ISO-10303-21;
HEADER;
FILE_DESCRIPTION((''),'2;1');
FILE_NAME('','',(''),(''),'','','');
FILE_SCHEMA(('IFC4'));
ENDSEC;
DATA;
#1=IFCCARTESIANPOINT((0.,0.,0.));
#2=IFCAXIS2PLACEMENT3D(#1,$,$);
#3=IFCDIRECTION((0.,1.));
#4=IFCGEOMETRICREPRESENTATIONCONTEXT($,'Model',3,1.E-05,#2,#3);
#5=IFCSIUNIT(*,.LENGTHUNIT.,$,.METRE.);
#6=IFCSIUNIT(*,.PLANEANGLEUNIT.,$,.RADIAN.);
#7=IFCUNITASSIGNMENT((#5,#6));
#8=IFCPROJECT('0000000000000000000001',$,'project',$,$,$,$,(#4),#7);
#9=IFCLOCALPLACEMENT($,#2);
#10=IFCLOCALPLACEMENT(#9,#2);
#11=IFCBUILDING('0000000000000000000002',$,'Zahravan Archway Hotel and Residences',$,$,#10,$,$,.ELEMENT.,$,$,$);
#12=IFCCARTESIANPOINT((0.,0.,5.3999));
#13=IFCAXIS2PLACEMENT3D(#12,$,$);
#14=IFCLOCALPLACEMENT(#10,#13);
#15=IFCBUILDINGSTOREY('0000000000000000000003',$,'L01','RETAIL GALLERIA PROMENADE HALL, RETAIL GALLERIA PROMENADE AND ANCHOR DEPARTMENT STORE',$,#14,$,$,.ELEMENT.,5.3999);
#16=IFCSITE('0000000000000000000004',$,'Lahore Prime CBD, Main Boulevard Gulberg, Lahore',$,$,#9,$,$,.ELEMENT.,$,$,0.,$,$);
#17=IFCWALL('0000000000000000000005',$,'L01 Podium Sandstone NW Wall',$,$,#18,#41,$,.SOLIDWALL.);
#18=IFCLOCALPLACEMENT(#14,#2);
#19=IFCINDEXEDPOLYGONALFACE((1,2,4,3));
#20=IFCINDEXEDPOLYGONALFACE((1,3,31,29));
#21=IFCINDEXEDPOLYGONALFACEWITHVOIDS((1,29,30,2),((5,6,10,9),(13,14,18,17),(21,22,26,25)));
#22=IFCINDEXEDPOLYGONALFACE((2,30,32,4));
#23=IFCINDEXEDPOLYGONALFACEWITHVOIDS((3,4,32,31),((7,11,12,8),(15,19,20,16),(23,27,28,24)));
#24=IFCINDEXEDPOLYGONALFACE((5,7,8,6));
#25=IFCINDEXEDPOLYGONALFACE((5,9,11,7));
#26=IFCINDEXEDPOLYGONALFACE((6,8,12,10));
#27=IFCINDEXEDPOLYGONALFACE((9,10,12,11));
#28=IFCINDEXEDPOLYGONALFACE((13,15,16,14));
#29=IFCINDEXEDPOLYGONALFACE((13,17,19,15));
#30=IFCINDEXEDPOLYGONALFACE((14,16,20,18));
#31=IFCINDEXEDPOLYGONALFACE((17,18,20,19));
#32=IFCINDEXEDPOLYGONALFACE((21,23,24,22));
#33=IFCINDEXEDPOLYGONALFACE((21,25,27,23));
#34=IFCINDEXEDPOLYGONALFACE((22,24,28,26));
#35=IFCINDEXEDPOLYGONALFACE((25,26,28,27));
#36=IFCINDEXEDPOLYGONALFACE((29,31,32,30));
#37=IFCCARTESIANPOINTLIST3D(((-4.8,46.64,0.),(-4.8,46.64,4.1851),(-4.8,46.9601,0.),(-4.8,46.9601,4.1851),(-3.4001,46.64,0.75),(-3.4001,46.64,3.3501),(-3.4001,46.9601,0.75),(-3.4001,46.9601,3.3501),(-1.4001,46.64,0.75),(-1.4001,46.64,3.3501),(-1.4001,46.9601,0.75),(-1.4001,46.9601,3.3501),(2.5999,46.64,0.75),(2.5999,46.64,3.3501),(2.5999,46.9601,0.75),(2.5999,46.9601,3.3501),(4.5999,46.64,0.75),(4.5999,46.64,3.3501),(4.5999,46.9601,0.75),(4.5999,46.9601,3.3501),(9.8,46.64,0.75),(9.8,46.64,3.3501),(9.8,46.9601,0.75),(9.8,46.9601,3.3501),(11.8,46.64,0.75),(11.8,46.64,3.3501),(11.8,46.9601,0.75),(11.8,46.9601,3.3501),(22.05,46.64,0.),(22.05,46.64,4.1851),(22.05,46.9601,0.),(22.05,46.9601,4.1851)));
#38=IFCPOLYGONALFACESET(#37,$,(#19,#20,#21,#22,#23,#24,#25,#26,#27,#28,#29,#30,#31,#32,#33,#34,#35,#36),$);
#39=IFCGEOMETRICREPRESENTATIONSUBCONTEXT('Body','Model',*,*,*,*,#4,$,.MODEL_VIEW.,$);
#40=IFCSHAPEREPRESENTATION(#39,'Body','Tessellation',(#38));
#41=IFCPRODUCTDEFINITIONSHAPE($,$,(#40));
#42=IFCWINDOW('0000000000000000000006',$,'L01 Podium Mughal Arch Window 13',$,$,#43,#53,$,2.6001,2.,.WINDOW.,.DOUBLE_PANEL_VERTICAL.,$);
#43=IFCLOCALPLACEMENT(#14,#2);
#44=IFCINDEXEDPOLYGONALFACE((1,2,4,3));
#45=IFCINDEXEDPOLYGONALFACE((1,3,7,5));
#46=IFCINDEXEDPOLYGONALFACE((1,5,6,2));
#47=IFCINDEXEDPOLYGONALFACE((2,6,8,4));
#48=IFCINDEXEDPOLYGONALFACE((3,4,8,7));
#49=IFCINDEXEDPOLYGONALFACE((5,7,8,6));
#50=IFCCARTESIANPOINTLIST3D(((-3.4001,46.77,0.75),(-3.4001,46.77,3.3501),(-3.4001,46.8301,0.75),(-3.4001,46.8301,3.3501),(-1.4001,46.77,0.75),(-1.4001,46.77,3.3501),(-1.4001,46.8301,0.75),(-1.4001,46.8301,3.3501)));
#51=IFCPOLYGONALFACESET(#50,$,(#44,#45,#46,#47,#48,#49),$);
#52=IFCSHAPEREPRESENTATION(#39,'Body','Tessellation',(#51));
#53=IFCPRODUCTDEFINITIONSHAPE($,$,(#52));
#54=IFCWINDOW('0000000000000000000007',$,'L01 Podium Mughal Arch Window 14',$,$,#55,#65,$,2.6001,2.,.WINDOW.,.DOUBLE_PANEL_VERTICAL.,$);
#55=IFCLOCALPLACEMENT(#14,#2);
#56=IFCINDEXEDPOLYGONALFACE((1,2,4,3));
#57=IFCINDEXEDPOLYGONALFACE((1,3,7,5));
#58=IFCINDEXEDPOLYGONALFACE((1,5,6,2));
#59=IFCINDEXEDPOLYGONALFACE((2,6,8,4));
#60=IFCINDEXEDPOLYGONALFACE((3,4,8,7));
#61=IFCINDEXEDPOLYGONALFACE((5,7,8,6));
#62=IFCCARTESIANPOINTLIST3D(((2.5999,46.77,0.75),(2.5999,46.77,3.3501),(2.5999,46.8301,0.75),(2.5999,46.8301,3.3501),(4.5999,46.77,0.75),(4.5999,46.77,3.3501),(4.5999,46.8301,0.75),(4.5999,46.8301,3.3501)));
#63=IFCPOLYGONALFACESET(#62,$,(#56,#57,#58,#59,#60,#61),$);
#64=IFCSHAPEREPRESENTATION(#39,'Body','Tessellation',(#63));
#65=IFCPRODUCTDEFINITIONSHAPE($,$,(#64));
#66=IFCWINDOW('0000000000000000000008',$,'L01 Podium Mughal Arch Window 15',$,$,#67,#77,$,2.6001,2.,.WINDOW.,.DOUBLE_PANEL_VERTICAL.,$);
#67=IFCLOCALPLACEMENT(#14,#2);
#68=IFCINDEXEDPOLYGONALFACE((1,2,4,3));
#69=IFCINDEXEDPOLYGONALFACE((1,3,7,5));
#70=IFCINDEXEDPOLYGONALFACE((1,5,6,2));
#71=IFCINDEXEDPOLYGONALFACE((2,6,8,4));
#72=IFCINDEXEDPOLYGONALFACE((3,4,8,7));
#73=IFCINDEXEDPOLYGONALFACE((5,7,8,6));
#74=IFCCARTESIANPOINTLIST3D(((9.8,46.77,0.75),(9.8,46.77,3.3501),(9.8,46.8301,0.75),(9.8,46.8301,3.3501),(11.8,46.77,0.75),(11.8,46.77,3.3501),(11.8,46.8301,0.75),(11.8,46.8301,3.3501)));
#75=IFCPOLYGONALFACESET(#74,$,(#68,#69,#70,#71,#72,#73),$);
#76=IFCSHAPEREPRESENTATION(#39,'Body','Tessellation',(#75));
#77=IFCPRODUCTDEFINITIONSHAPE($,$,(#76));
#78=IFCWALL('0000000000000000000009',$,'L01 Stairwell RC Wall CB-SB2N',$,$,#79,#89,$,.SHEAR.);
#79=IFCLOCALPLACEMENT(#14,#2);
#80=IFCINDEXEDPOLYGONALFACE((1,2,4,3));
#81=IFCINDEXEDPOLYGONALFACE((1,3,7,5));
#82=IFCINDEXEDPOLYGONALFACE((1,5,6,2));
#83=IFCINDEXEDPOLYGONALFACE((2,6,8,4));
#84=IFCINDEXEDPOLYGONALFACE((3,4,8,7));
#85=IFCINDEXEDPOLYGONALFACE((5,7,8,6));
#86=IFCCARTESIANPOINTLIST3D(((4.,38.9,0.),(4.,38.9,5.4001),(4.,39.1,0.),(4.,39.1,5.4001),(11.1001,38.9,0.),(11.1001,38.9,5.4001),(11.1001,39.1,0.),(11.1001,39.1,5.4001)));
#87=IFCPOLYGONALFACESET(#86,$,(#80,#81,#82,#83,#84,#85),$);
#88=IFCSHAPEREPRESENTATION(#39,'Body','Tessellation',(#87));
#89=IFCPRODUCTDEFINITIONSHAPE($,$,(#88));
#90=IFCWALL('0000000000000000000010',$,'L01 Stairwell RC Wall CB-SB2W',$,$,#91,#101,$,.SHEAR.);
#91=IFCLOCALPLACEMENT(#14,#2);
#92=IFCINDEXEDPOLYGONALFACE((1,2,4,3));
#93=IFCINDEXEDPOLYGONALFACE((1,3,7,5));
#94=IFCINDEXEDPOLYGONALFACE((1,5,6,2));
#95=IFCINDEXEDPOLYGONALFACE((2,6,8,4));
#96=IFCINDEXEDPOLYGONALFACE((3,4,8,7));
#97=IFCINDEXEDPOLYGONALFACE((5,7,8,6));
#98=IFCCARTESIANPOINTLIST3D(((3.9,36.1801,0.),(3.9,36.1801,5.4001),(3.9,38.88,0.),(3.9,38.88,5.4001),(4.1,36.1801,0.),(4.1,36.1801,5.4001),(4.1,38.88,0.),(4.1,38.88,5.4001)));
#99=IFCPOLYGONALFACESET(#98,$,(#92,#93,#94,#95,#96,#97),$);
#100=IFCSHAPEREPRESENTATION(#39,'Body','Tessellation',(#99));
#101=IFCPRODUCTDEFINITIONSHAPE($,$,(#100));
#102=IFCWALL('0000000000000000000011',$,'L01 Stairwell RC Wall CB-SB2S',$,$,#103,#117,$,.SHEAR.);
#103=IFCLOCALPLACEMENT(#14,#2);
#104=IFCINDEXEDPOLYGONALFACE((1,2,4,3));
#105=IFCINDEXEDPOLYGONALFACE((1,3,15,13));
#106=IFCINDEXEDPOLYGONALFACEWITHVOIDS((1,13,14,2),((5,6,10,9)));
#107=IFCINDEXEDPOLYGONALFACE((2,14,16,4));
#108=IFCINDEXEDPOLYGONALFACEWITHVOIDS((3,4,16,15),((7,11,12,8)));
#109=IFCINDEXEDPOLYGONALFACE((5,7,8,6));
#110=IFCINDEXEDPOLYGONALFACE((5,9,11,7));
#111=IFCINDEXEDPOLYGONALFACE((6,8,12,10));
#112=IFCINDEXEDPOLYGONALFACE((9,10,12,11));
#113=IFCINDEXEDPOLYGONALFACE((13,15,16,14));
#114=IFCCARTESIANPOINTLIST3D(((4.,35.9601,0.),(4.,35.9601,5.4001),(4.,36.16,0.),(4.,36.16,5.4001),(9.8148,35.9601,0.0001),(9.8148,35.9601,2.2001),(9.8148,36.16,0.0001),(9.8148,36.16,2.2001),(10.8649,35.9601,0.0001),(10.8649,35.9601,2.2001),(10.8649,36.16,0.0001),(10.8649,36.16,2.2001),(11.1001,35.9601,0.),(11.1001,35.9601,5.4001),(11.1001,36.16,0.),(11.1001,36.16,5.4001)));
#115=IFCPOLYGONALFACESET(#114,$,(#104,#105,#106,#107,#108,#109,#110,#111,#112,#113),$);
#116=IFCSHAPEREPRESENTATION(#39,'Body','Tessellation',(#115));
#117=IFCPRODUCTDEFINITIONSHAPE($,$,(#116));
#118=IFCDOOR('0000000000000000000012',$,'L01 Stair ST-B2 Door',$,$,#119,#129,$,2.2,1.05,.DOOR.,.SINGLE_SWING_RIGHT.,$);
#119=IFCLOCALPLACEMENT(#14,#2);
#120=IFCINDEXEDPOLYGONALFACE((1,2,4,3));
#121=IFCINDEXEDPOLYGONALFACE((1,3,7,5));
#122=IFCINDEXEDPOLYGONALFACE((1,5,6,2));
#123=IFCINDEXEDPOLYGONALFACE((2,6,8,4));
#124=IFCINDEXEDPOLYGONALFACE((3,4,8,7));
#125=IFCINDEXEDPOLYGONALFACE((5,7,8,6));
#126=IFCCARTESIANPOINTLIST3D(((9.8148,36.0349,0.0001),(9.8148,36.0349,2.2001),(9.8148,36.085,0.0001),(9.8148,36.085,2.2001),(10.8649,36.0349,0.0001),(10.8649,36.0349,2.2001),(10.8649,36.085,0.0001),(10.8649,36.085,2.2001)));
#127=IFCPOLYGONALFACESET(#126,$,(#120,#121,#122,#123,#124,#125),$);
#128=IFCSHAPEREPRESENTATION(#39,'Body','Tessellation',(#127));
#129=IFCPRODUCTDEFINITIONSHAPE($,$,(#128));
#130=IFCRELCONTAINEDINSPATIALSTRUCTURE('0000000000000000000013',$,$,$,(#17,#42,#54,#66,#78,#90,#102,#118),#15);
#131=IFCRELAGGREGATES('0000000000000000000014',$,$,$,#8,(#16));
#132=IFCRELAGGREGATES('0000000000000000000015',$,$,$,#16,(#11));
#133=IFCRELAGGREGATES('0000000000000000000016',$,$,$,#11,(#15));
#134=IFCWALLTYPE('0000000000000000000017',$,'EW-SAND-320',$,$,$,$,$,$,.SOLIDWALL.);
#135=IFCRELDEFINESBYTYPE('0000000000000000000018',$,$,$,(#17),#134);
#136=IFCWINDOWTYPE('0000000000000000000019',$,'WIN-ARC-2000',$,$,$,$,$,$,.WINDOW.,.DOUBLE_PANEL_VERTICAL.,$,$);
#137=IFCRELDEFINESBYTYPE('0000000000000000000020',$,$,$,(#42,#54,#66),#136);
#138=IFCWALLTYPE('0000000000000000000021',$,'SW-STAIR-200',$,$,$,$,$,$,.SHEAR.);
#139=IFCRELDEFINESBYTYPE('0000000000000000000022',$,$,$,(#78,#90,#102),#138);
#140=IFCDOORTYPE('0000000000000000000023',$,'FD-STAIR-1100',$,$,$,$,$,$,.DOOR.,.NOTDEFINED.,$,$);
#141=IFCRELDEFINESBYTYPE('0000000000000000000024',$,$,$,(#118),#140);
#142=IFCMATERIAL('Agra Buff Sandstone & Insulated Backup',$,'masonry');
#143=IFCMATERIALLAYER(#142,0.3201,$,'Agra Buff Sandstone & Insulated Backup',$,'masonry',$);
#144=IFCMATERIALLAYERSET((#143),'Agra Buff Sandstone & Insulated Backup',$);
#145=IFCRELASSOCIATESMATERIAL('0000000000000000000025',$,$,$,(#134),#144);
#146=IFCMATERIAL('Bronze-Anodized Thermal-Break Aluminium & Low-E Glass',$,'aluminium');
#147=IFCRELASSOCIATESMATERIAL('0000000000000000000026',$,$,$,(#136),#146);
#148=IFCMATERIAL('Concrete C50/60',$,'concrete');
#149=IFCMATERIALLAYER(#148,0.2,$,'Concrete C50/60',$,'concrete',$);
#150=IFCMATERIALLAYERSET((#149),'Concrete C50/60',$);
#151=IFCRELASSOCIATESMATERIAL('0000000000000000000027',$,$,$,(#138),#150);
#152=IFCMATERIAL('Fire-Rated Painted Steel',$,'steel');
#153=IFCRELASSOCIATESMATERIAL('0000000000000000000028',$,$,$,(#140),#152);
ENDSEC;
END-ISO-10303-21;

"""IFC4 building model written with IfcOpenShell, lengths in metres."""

from ifc_helpers import new_model, si_unit, direction, frame, frame_2d, origin, place, context, subcontext, project, spatial, rectangle, extrude, source, transform, mapped, material, layer, layer_set, type_object, type_shapes, element, fill, save


model = new_model("IFC4")

# Units and contexts
model_context = context("Model", 3, precision=1e-05, world=origin(), true_north=direction((0.0, 1.0)))
body_context = subcontext(model_context, "Body", "Model", "MODEL_VIEW")
ifc_project = project(units=[si_unit("LENGTHUNIT", "METRE"), si_unit("PLANEANGLEUNIT", "RADIAN")], contexts=[model_context])

# Site, building, storey
site_placement = place(None, origin())
site = spatial("IfcSite", under=ifc_project, at=site_placement, Name="Lahore Prime CBD, Main Boulevard Gulberg, Lahore", CompositionType="ELEMENT", RefElevation=0.0)
building_placement = place(site_placement, origin())
building = spatial("IfcBuilding", under=site, at=building_placement, Name="Zahravan Archway Hotel and Residences", CompositionType="ELEMENT")
storey_placement = place(building_placement, frame((0.0, 0.0, 5.3999)))
storey = spatial("IfcBuildingStorey", under=building, at=storey_placement, Name="L01", Description="RETAIL GALLERIA PROMENADE HALL, RETAIL GALLERIA PROMENADE AND ANCHOR DEPARTMENT STORE", CompositionType="ELEMENT", Elevation=5.3999)

# Wall, openings, windows
ifc_material_1 = material(Name="Agra Buff Sandstone & Insulated Backup", Category="masonry")
ifc_layer_1 = layer(ifc_material_1, 0.3201, Name="Agra Buff Sandstone & Insulated Backup", Category="masonry")
ifc_layer_set_1 = layer_set([ifc_layer_1], Name="Agra Buff Sandstone & Insulated Backup")
wall_type_1 = type_object("IfcWallType", Name="EW-SAND-320", PredefinedType="SOLIDWALL", material=ifc_layer_set_1)
wall_1_placement = place(storey_placement, frame((-4.8, 46.8, 0.0), z_axis=(0.0, 0.0, 1.0), x_axis=(1.0, 0.0, 0.0)))
wall_1 = element("IfcWall", 1, at=wall_1_placement, inside=storey, type_object=wall_type_1, Name="L01 Podium Sandstone NW Wall", PredefinedType="SOLIDWALL", context=body_context, shape_type="SweptSolid", body=[
    extrude(rectangle(XDim=26.8501, YDim=0.3201, at=frame_2d((13.425, 0.0))), origin(), (0.0, 0.0, 1.0), 4.1851),
])
opening_1_placement = place(wall_1_placement, frame((1.3999, 0.0, 0.75)))
opening_1 = element("IfcOpeningElement", 2, at=opening_1_placement, cuts=wall_1, PredefinedType="OPENING", context=body_context, shape_type="SweptSolid", body=[
    extrude(rectangle(XDim=2.0, YDim=2.6001, at=frame_2d((1.0, 1.3))), frame((0.0, 0.1699, 0.0), z_axis=(0.0, -1.0, 0.0), x_axis=(1.0, 0.0, 0.0)), (0.0, 0.0, 1.0), 0.3401),
])
opening_2_placement = place(wall_1_placement, frame((7.3999, 0.0, 0.75)))
opening_2 = element("IfcOpeningElement", 3, at=opening_2_placement, cuts=wall_1, PredefinedType="OPENING", context=body_context, shape_type="SweptSolid", body=[
    extrude(rectangle(XDim=2.0, YDim=2.6001, at=frame_2d((1.0, 1.3))), frame((0.0, 0.1699, 0.0), z_axis=(0.0, -1.0, 0.0), x_axis=(1.0, 0.0, 0.0)), (0.0, 0.0, 1.0), 0.3401),
])
opening_3_placement = place(wall_1_placement, frame((14.6001, 0.0, 0.75)))
opening_3 = element("IfcOpeningElement", 4, at=opening_3_placement, cuts=wall_1, PredefinedType="OPENING", context=body_context, shape_type="SweptSolid", body=[
    extrude(rectangle(XDim=2.0, YDim=2.6001, at=frame_2d((1.0, 1.3))), frame((0.0, 0.1699, 0.0), z_axis=(0.0, -1.0, 0.0), x_axis=(1.0, 0.0, 0.0)), (0.0, 0.0, 1.0), 0.3401),
])
ifc_material_2 = material(Name="Bronze-Anodized Thermal-Break Aluminium & Low-E Glass", Category="aluminium")
window_type = type_object("IfcWindowType", Name="WIN-ARC-2000", PartitioningType="DOUBLE_PANEL_VERTICAL", PredefinedType="WINDOW", material=ifc_material_2)
shared_shape_1 = source(origin(), body_context, "Body", "SweptSolid", [
    extrude(rectangle(XDim=2.0, YDim=2.6001, at=frame_2d((1.0, 1.3))), frame((0.0, 0.03, 0.0), z_axis=(0.0, -1.0, 0.0), x_axis=(1.0, 0.0, 0.0)), (0.0, 0.0, 1.0), 0.0601),
])
type_shapes(window_type, [shared_shape_1])
window_1_placement = place(opening_1_placement, origin())
window_1 = element("IfcWindow", 5, at=window_1_placement, inside=storey, type_object=window_type, Name="L01 Podium Mughal Arch Window 13", OverallHeight=2.6001, OverallWidth=2.0, PartitioningType="DOUBLE_PANEL_VERTICAL", PredefinedType="WINDOW", context=body_context, shape_type="MappedRepresentation", body=[
    mapped(shared_shape_1, transform((0.0, 0.0, 0.0), scale=1.0)),
])
fill(opening_1, window_1)
window_2_placement = place(opening_2_placement, origin())
window_2 = element("IfcWindow", 6, at=window_2_placement, inside=storey, type_object=window_type, Name="L01 Podium Mughal Arch Window 14", OverallHeight=2.6001, OverallWidth=2.0, PartitioningType="DOUBLE_PANEL_VERTICAL", PredefinedType="WINDOW", context=body_context, shape_type="MappedRepresentation", body=[
    mapped(shared_shape_1, transform((0.0, 0.0, 0.0), scale=1.0)),
])
fill(opening_2, window_2)
window_3_placement = place(opening_3_placement, origin())
window_3 = element("IfcWindow", 7, at=window_3_placement, inside=storey, type_object=window_type, Name="L01 Podium Mughal Arch Window 15", OverallHeight=2.6001, OverallWidth=2.0, PartitioningType="DOUBLE_PANEL_VERTICAL", PredefinedType="WINDOW", context=body_context, shape_type="MappedRepresentation", body=[
    mapped(shared_shape_1, transform((0.0, 0.0, 0.0), scale=1.0)),
])
fill(opening_3, window_3)

# Walls
ifc_material_3 = material(Name="Concrete C50/60", Category="concrete")
ifc_layer_2 = layer(ifc_material_3, 0.2, Name="Concrete C50/60", Category="concrete")
ifc_layer_set_2 = layer_set([ifc_layer_2], Name="Concrete C50/60")
wall_type_2 = type_object("IfcWallType", Name="SW-STAIR-200", PredefinedType="SHEAR", material=ifc_layer_set_2)
wall_2_placement = place(storey_placement, frame((4.0, 39.0, 0.0), z_axis=(0.0, 0.0, 1.0), x_axis=(1.0, 0.0, 0.0)))
element("IfcWall", 8, at=wall_2_placement, inside=storey, type_object=wall_type_2, Name="L01 Stairwell RC Wall CB-SB2N", PredefinedType="SHEAR", context=body_context, shape_type="SweptSolid", body=[
    extrude(rectangle(XDim=7.1001, YDim=0.2, at=frame_2d((3.55, 0.0))), origin(), (0.0, 0.0, 1.0), 5.4001),
])
wall_3_placement = place(storey_placement, frame((4.0, 36.1799, 0.0), z_axis=(0.0, 0.0, 1.0), x_axis=(0.0, 1.0, 0.0)))
element("IfcWall", 9, at=wall_3_placement, inside=storey, type_object=wall_type_2, Name="L01 Stairwell RC Wall CB-SB2W", PredefinedType="SHEAR", context=body_context, shape_type="SweptSolid", body=[
    extrude(rectangle(XDim=2.7, YDim=0.2, at=frame_2d((1.3501, 0.0))), origin(), (0.0, 0.0, 1.0), 5.4001),
])

# Wall, opening, door
wall_4_placement = place(storey_placement, frame((4.0, 36.0601, 0.0), z_axis=(0.0, 0.0, 1.0), x_axis=(1.0, 0.0, 0.0)))
wall_4 = element("IfcWall", 10, at=wall_4_placement, inside=storey, type_object=wall_type_2, Name="L01 Stairwell RC Wall CB-SB2S", PredefinedType="SHEAR", context=body_context, shape_type="SweptSolid", body=[
    extrude(rectangle(XDim=7.1001, YDim=0.2, at=frame_2d((3.55, 0.0))), origin(), (0.0, 0.0, 1.0), 5.4001),
])
opening_4_placement = place(wall_4_placement, frame((5.8149, 0.0, 0.0)))
opening_4 = element("IfcOpeningElement", 11, at=opening_4_placement, cuts=wall_4, PredefinedType="OPENING", context=body_context, shape_type="SweptSolid", body=[
    extrude(rectangle(XDim=1.05, YDim=2.2, at=frame_2d((0.5249, 1.1001))), frame((0.0, 0.1099, 0.0), z_axis=(0.0, -1.0, 0.0), x_axis=(1.0, 0.0, 0.0)), (0.0, 0.0, 1.0), 0.22),
])
ifc_material_4 = material(Name="Fire-Rated Painted Steel", Category="steel")
door_type = type_object("IfcDoorType", Name="FD-STAIR-1100", OperationType="NOTDEFINED", PredefinedType="DOOR", material=ifc_material_4)
shared_shape_2 = source(origin(), body_context, "Body", "SweptSolid", [
    extrude(rectangle(XDim=1.05, YDim=2.2, at=frame_2d((0.5249, 1.1001))), frame((0.0, 0.0249, 0.0), z_axis=(0.0, -1.0, 0.0), x_axis=(1.0, 0.0, 0.0)), (0.0, 0.0, 1.0), 0.05),
])
type_shapes(door_type, [shared_shape_2])
door_placement = place(opening_4_placement, origin())
door = element("IfcDoor", 12, at=door_placement, inside=storey, type_object=door_type, Name="L01 Stair ST-B2 Door", OperationType="SINGLE_SWING_RIGHT", OverallHeight=2.2, OverallWidth=1.05, PredefinedType="DOOR", context=body_context, shape_type="MappedRepresentation", body=[
    mapped(shared_shape_2, transform((0.0, 0.0, 0.0), scale=1.0)),
])
fill(opening_4, door)

save(model, "model.ifc")
